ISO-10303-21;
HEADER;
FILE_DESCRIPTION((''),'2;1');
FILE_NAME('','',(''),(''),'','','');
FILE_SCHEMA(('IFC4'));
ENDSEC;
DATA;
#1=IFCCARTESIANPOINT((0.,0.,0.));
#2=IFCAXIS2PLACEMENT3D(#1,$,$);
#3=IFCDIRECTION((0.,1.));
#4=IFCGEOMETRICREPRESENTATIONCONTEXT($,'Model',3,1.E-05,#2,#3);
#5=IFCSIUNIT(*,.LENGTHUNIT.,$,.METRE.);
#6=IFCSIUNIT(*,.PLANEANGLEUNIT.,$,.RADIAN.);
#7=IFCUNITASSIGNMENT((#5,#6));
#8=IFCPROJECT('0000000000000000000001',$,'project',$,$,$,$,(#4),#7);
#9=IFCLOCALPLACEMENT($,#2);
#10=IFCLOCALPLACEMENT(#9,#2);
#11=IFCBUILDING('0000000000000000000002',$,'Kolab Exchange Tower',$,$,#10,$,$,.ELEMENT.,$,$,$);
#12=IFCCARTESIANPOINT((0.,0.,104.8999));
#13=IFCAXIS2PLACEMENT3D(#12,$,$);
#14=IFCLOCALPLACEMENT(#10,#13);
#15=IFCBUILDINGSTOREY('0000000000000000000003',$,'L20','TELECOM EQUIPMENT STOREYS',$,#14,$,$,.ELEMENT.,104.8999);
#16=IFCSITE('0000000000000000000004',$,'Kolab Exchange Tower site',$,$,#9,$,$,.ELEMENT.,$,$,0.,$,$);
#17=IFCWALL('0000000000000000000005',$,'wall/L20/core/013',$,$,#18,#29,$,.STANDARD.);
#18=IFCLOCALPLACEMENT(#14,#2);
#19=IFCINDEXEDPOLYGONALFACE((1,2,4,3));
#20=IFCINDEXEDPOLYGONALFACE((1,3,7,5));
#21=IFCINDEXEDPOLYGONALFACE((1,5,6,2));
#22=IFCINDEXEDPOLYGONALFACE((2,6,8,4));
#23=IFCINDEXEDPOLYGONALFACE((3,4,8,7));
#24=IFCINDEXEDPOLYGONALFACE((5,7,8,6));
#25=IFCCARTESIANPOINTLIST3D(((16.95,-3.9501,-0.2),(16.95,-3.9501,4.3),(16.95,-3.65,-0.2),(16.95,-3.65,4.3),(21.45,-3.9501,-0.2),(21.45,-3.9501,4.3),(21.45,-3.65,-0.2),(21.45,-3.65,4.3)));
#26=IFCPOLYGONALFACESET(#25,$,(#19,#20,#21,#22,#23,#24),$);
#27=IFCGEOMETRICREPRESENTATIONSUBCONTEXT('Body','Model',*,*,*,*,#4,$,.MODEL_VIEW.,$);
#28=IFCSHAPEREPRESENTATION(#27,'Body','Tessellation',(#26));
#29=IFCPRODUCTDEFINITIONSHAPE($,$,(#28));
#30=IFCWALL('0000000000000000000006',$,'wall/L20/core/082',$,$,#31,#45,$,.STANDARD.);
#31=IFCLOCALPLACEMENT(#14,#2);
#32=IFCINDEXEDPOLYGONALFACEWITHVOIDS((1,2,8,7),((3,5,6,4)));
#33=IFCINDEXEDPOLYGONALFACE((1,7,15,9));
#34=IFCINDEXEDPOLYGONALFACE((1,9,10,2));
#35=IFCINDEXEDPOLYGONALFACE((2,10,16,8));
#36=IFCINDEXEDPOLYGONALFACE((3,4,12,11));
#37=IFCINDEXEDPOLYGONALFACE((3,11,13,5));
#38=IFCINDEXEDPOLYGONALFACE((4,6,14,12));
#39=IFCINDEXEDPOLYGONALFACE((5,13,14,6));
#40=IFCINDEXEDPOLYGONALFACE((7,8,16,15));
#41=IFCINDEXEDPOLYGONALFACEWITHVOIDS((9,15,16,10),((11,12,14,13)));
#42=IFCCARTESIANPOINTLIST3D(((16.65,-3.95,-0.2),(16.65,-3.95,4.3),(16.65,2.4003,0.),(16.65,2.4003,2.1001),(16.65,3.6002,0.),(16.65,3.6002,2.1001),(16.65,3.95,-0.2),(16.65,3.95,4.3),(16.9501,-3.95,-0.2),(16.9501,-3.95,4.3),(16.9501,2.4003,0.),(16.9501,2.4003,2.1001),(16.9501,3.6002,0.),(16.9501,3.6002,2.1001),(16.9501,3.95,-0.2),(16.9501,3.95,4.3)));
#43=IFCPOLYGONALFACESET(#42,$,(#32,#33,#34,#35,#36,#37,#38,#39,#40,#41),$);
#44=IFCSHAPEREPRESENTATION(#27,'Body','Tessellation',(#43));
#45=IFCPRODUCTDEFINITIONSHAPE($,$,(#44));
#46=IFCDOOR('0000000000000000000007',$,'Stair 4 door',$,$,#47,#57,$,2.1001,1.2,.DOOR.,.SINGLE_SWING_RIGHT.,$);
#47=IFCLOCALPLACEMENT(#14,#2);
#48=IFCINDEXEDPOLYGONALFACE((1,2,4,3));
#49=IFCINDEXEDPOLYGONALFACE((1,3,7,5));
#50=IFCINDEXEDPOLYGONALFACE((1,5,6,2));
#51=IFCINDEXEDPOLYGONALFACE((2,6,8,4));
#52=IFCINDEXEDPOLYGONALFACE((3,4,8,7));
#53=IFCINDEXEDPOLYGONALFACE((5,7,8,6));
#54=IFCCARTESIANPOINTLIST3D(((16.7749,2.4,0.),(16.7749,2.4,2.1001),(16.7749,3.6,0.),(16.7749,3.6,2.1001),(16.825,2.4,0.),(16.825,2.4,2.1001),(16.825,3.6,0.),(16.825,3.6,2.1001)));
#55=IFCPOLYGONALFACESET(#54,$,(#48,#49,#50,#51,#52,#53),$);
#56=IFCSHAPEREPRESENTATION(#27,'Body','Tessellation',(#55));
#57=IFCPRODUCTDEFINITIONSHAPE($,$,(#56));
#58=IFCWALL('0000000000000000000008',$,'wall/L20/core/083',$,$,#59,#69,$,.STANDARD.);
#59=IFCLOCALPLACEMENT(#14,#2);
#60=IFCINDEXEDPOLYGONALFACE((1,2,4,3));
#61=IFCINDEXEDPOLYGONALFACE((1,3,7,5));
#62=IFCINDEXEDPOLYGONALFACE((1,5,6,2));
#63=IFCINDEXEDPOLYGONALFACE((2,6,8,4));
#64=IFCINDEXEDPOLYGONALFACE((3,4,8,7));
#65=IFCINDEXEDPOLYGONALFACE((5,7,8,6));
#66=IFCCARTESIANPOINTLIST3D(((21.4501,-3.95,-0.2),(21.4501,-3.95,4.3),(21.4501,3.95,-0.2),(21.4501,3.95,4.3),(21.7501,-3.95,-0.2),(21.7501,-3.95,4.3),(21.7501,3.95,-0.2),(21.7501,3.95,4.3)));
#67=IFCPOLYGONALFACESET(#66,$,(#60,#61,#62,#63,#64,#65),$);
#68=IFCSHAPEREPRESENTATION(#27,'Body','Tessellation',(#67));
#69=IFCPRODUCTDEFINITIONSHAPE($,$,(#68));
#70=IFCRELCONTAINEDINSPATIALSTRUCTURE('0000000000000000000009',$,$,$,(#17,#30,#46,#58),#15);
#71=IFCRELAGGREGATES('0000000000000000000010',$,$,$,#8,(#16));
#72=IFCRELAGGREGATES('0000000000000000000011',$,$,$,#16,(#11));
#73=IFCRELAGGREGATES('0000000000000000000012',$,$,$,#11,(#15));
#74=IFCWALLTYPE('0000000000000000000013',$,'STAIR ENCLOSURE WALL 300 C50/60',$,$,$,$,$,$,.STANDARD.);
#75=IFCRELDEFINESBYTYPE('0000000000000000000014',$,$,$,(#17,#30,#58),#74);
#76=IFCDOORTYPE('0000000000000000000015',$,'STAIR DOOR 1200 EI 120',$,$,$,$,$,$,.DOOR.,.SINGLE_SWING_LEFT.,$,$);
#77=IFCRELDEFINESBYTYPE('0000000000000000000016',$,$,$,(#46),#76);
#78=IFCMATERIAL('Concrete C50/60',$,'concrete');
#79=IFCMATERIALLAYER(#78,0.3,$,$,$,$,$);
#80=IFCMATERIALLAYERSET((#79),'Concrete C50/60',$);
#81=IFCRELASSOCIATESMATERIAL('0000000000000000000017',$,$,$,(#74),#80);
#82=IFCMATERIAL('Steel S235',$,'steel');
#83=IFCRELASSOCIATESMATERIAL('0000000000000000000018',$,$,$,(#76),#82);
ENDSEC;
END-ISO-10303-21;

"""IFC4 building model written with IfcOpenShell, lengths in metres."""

from ifc_helpers import new_model, si_unit, direction, frame, frame_2d, origin, place, context, subcontext, project, spatial, rectangle, extrude, material, layer, layer_set, type_object, element, fill, save


model = new_model("IFC4")

# Units and contexts
model_context = context("Model", 3, precision=1e-05, world=origin(), true_north=direction((0.0, 1.0)))
body_context = subcontext(model_context, "Body", "Model", "MODEL_VIEW")
ifc_project = project(units=[si_unit("LENGTHUNIT", "METRE"), si_unit("PLANEANGLEUNIT", "RADIAN")], contexts=[model_context])

# Site, building, storey
site_placement = place(None, origin())
site = spatial("IfcSite", under=ifc_project, at=site_placement, Name="Kolab Exchange Tower site", CompositionType="ELEMENT", RefElevation=0.0)
building_placement = place(site_placement, origin())
building = spatial("IfcBuilding", under=site, at=building_placement, Name="Kolab Exchange Tower", CompositionType="ELEMENT")
storey_placement = place(building_placement, frame((0.0, 0.0, 104.8999)))
storey = spatial("IfcBuildingStorey", under=building, at=storey_placement, Name="L20", Description="TELECOM EQUIPMENT STOREYS", CompositionType="ELEMENT", Elevation=104.8999)

# Wall
ifc_material_1 = material(Name="Concrete C50/60", Category="concrete")
ifc_layer_1 = layer(ifc_material_1, 0.3)
ifc_layer_set_1 = layer_set([ifc_layer_1], Name="Concrete C50/60")
wall_type_1 = type_object("IfcWallType", Name="STAIR ENCLOSURE WALL 300 C50/60", PredefinedType="STANDARD", material=ifc_layer_set_1)
wall_1_placement = place(storey_placement, frame((16.95, -3.8, -0.2), z_axis=(0.0, 0.0, 1.0), x_axis=(1.0, 0.0, 0.0)))
element("IfcWall", 1, at=wall_1_placement, inside=storey, type_object=wall_type_1, Name="wall/L20/core/013", PredefinedType="STANDARD", context=body_context, shape_type="SweptSolid", body=[
    extrude(rectangle(XDim=4.5, YDim=0.3, at=frame_2d((2.25, 0.0))), origin(), (0.0, 0.0, 1.0), 4.5),
])

# Wall, opening, door
wall_2_placement = place(storey_placement, frame((16.8, -3.95, -0.2), z_axis=(0.0, 0.0, 1.0), x_axis=(0.0, 1.0, 0.0)))
wall_2 = element("IfcWall", 2, at=wall_2_placement, inside=storey, type_object=wall_type_1, Name="wall/L20/core/082", PredefinedType="STANDARD", context=body_context, shape_type="SweptSolid", body=[
    extrude(rectangle(XDim=7.8999, YDim=0.3, at=frame_2d((3.95, 0.0))), origin(), (0.0, 0.0, 1.0), 4.5),
])
opening_1_placement = place(wall_2_placement, frame((6.3501, 0.0, 0.2)))
opening_1 = element("IfcOpeningElement", 3, at=opening_1_placement, cuts=wall_2, PredefinedType="OPENING", context=body_context, shape_type="SweptSolid", body=[
    extrude(rectangle(XDim=1.2, YDim=2.1001, at=frame_2d((0.6001, 1.05))), frame((0.0, 0.1602, 0.0), z_axis=(0.0, -1.0, 0.0), x_axis=(1.0, 0.0, 0.0)), (0.0, 0.0, 1.0), 0.3201),
])
ifc_material_2 = material(Name="Steel S235", Category="steel")
door_type_1 = type_object("IfcDoorType", Name="STAIR DOOR 1200 EI 120", OperationType="SINGLE_SWING_LEFT", PredefinedType="DOOR", material=ifc_material_2)
door_1_placement = place(opening_1_placement, frame((1.2, 0.0, 0.0), z_axis=(0.0, 0.0, 1.0), x_axis=(-1.0, 0.0, 0.0)))
door_1 = element("IfcDoor", 4, at=door_1_placement, inside=storey, type_object=door_type_1, Name="Stair 4 door", OperationType="SINGLE_SWING_RIGHT", OverallHeight=2.1001, OverallWidth=1.2, PredefinedType="DOOR", context=body_context, shape_type="SweptSolid", body=[
    extrude(rectangle(XDim=1.2, YDim=2.1001, at=frame_2d((0.6001, 1.05))), frame((0.0, 0.0249, 0.0), z_axis=(0.0, -1.0, 0.0), x_axis=(1.0, 0.0, 0.0)), (0.0, 0.0, 1.0), 0.05),
])
fill(opening_1, door_1)

# Wall
wall_3_placement = place(storey_placement, frame((21.6001, -3.95, -0.2), z_axis=(0.0, 0.0, 1.0), x_axis=(0.0, 1.0, 0.0)))
element("IfcWall", 5, at=wall_3_placement, inside=storey, type_object=wall_type_1, Name="wall/L20/core/083", PredefinedType="STANDARD", context=body_context, shape_type="SweptSolid", body=[
    extrude(rectangle(XDim=7.8999, YDim=0.3, at=frame_2d((3.95, 0.0))), origin(), (0.0, 0.0, 1.0), 4.5),
])

save(model, "model.ifc")
